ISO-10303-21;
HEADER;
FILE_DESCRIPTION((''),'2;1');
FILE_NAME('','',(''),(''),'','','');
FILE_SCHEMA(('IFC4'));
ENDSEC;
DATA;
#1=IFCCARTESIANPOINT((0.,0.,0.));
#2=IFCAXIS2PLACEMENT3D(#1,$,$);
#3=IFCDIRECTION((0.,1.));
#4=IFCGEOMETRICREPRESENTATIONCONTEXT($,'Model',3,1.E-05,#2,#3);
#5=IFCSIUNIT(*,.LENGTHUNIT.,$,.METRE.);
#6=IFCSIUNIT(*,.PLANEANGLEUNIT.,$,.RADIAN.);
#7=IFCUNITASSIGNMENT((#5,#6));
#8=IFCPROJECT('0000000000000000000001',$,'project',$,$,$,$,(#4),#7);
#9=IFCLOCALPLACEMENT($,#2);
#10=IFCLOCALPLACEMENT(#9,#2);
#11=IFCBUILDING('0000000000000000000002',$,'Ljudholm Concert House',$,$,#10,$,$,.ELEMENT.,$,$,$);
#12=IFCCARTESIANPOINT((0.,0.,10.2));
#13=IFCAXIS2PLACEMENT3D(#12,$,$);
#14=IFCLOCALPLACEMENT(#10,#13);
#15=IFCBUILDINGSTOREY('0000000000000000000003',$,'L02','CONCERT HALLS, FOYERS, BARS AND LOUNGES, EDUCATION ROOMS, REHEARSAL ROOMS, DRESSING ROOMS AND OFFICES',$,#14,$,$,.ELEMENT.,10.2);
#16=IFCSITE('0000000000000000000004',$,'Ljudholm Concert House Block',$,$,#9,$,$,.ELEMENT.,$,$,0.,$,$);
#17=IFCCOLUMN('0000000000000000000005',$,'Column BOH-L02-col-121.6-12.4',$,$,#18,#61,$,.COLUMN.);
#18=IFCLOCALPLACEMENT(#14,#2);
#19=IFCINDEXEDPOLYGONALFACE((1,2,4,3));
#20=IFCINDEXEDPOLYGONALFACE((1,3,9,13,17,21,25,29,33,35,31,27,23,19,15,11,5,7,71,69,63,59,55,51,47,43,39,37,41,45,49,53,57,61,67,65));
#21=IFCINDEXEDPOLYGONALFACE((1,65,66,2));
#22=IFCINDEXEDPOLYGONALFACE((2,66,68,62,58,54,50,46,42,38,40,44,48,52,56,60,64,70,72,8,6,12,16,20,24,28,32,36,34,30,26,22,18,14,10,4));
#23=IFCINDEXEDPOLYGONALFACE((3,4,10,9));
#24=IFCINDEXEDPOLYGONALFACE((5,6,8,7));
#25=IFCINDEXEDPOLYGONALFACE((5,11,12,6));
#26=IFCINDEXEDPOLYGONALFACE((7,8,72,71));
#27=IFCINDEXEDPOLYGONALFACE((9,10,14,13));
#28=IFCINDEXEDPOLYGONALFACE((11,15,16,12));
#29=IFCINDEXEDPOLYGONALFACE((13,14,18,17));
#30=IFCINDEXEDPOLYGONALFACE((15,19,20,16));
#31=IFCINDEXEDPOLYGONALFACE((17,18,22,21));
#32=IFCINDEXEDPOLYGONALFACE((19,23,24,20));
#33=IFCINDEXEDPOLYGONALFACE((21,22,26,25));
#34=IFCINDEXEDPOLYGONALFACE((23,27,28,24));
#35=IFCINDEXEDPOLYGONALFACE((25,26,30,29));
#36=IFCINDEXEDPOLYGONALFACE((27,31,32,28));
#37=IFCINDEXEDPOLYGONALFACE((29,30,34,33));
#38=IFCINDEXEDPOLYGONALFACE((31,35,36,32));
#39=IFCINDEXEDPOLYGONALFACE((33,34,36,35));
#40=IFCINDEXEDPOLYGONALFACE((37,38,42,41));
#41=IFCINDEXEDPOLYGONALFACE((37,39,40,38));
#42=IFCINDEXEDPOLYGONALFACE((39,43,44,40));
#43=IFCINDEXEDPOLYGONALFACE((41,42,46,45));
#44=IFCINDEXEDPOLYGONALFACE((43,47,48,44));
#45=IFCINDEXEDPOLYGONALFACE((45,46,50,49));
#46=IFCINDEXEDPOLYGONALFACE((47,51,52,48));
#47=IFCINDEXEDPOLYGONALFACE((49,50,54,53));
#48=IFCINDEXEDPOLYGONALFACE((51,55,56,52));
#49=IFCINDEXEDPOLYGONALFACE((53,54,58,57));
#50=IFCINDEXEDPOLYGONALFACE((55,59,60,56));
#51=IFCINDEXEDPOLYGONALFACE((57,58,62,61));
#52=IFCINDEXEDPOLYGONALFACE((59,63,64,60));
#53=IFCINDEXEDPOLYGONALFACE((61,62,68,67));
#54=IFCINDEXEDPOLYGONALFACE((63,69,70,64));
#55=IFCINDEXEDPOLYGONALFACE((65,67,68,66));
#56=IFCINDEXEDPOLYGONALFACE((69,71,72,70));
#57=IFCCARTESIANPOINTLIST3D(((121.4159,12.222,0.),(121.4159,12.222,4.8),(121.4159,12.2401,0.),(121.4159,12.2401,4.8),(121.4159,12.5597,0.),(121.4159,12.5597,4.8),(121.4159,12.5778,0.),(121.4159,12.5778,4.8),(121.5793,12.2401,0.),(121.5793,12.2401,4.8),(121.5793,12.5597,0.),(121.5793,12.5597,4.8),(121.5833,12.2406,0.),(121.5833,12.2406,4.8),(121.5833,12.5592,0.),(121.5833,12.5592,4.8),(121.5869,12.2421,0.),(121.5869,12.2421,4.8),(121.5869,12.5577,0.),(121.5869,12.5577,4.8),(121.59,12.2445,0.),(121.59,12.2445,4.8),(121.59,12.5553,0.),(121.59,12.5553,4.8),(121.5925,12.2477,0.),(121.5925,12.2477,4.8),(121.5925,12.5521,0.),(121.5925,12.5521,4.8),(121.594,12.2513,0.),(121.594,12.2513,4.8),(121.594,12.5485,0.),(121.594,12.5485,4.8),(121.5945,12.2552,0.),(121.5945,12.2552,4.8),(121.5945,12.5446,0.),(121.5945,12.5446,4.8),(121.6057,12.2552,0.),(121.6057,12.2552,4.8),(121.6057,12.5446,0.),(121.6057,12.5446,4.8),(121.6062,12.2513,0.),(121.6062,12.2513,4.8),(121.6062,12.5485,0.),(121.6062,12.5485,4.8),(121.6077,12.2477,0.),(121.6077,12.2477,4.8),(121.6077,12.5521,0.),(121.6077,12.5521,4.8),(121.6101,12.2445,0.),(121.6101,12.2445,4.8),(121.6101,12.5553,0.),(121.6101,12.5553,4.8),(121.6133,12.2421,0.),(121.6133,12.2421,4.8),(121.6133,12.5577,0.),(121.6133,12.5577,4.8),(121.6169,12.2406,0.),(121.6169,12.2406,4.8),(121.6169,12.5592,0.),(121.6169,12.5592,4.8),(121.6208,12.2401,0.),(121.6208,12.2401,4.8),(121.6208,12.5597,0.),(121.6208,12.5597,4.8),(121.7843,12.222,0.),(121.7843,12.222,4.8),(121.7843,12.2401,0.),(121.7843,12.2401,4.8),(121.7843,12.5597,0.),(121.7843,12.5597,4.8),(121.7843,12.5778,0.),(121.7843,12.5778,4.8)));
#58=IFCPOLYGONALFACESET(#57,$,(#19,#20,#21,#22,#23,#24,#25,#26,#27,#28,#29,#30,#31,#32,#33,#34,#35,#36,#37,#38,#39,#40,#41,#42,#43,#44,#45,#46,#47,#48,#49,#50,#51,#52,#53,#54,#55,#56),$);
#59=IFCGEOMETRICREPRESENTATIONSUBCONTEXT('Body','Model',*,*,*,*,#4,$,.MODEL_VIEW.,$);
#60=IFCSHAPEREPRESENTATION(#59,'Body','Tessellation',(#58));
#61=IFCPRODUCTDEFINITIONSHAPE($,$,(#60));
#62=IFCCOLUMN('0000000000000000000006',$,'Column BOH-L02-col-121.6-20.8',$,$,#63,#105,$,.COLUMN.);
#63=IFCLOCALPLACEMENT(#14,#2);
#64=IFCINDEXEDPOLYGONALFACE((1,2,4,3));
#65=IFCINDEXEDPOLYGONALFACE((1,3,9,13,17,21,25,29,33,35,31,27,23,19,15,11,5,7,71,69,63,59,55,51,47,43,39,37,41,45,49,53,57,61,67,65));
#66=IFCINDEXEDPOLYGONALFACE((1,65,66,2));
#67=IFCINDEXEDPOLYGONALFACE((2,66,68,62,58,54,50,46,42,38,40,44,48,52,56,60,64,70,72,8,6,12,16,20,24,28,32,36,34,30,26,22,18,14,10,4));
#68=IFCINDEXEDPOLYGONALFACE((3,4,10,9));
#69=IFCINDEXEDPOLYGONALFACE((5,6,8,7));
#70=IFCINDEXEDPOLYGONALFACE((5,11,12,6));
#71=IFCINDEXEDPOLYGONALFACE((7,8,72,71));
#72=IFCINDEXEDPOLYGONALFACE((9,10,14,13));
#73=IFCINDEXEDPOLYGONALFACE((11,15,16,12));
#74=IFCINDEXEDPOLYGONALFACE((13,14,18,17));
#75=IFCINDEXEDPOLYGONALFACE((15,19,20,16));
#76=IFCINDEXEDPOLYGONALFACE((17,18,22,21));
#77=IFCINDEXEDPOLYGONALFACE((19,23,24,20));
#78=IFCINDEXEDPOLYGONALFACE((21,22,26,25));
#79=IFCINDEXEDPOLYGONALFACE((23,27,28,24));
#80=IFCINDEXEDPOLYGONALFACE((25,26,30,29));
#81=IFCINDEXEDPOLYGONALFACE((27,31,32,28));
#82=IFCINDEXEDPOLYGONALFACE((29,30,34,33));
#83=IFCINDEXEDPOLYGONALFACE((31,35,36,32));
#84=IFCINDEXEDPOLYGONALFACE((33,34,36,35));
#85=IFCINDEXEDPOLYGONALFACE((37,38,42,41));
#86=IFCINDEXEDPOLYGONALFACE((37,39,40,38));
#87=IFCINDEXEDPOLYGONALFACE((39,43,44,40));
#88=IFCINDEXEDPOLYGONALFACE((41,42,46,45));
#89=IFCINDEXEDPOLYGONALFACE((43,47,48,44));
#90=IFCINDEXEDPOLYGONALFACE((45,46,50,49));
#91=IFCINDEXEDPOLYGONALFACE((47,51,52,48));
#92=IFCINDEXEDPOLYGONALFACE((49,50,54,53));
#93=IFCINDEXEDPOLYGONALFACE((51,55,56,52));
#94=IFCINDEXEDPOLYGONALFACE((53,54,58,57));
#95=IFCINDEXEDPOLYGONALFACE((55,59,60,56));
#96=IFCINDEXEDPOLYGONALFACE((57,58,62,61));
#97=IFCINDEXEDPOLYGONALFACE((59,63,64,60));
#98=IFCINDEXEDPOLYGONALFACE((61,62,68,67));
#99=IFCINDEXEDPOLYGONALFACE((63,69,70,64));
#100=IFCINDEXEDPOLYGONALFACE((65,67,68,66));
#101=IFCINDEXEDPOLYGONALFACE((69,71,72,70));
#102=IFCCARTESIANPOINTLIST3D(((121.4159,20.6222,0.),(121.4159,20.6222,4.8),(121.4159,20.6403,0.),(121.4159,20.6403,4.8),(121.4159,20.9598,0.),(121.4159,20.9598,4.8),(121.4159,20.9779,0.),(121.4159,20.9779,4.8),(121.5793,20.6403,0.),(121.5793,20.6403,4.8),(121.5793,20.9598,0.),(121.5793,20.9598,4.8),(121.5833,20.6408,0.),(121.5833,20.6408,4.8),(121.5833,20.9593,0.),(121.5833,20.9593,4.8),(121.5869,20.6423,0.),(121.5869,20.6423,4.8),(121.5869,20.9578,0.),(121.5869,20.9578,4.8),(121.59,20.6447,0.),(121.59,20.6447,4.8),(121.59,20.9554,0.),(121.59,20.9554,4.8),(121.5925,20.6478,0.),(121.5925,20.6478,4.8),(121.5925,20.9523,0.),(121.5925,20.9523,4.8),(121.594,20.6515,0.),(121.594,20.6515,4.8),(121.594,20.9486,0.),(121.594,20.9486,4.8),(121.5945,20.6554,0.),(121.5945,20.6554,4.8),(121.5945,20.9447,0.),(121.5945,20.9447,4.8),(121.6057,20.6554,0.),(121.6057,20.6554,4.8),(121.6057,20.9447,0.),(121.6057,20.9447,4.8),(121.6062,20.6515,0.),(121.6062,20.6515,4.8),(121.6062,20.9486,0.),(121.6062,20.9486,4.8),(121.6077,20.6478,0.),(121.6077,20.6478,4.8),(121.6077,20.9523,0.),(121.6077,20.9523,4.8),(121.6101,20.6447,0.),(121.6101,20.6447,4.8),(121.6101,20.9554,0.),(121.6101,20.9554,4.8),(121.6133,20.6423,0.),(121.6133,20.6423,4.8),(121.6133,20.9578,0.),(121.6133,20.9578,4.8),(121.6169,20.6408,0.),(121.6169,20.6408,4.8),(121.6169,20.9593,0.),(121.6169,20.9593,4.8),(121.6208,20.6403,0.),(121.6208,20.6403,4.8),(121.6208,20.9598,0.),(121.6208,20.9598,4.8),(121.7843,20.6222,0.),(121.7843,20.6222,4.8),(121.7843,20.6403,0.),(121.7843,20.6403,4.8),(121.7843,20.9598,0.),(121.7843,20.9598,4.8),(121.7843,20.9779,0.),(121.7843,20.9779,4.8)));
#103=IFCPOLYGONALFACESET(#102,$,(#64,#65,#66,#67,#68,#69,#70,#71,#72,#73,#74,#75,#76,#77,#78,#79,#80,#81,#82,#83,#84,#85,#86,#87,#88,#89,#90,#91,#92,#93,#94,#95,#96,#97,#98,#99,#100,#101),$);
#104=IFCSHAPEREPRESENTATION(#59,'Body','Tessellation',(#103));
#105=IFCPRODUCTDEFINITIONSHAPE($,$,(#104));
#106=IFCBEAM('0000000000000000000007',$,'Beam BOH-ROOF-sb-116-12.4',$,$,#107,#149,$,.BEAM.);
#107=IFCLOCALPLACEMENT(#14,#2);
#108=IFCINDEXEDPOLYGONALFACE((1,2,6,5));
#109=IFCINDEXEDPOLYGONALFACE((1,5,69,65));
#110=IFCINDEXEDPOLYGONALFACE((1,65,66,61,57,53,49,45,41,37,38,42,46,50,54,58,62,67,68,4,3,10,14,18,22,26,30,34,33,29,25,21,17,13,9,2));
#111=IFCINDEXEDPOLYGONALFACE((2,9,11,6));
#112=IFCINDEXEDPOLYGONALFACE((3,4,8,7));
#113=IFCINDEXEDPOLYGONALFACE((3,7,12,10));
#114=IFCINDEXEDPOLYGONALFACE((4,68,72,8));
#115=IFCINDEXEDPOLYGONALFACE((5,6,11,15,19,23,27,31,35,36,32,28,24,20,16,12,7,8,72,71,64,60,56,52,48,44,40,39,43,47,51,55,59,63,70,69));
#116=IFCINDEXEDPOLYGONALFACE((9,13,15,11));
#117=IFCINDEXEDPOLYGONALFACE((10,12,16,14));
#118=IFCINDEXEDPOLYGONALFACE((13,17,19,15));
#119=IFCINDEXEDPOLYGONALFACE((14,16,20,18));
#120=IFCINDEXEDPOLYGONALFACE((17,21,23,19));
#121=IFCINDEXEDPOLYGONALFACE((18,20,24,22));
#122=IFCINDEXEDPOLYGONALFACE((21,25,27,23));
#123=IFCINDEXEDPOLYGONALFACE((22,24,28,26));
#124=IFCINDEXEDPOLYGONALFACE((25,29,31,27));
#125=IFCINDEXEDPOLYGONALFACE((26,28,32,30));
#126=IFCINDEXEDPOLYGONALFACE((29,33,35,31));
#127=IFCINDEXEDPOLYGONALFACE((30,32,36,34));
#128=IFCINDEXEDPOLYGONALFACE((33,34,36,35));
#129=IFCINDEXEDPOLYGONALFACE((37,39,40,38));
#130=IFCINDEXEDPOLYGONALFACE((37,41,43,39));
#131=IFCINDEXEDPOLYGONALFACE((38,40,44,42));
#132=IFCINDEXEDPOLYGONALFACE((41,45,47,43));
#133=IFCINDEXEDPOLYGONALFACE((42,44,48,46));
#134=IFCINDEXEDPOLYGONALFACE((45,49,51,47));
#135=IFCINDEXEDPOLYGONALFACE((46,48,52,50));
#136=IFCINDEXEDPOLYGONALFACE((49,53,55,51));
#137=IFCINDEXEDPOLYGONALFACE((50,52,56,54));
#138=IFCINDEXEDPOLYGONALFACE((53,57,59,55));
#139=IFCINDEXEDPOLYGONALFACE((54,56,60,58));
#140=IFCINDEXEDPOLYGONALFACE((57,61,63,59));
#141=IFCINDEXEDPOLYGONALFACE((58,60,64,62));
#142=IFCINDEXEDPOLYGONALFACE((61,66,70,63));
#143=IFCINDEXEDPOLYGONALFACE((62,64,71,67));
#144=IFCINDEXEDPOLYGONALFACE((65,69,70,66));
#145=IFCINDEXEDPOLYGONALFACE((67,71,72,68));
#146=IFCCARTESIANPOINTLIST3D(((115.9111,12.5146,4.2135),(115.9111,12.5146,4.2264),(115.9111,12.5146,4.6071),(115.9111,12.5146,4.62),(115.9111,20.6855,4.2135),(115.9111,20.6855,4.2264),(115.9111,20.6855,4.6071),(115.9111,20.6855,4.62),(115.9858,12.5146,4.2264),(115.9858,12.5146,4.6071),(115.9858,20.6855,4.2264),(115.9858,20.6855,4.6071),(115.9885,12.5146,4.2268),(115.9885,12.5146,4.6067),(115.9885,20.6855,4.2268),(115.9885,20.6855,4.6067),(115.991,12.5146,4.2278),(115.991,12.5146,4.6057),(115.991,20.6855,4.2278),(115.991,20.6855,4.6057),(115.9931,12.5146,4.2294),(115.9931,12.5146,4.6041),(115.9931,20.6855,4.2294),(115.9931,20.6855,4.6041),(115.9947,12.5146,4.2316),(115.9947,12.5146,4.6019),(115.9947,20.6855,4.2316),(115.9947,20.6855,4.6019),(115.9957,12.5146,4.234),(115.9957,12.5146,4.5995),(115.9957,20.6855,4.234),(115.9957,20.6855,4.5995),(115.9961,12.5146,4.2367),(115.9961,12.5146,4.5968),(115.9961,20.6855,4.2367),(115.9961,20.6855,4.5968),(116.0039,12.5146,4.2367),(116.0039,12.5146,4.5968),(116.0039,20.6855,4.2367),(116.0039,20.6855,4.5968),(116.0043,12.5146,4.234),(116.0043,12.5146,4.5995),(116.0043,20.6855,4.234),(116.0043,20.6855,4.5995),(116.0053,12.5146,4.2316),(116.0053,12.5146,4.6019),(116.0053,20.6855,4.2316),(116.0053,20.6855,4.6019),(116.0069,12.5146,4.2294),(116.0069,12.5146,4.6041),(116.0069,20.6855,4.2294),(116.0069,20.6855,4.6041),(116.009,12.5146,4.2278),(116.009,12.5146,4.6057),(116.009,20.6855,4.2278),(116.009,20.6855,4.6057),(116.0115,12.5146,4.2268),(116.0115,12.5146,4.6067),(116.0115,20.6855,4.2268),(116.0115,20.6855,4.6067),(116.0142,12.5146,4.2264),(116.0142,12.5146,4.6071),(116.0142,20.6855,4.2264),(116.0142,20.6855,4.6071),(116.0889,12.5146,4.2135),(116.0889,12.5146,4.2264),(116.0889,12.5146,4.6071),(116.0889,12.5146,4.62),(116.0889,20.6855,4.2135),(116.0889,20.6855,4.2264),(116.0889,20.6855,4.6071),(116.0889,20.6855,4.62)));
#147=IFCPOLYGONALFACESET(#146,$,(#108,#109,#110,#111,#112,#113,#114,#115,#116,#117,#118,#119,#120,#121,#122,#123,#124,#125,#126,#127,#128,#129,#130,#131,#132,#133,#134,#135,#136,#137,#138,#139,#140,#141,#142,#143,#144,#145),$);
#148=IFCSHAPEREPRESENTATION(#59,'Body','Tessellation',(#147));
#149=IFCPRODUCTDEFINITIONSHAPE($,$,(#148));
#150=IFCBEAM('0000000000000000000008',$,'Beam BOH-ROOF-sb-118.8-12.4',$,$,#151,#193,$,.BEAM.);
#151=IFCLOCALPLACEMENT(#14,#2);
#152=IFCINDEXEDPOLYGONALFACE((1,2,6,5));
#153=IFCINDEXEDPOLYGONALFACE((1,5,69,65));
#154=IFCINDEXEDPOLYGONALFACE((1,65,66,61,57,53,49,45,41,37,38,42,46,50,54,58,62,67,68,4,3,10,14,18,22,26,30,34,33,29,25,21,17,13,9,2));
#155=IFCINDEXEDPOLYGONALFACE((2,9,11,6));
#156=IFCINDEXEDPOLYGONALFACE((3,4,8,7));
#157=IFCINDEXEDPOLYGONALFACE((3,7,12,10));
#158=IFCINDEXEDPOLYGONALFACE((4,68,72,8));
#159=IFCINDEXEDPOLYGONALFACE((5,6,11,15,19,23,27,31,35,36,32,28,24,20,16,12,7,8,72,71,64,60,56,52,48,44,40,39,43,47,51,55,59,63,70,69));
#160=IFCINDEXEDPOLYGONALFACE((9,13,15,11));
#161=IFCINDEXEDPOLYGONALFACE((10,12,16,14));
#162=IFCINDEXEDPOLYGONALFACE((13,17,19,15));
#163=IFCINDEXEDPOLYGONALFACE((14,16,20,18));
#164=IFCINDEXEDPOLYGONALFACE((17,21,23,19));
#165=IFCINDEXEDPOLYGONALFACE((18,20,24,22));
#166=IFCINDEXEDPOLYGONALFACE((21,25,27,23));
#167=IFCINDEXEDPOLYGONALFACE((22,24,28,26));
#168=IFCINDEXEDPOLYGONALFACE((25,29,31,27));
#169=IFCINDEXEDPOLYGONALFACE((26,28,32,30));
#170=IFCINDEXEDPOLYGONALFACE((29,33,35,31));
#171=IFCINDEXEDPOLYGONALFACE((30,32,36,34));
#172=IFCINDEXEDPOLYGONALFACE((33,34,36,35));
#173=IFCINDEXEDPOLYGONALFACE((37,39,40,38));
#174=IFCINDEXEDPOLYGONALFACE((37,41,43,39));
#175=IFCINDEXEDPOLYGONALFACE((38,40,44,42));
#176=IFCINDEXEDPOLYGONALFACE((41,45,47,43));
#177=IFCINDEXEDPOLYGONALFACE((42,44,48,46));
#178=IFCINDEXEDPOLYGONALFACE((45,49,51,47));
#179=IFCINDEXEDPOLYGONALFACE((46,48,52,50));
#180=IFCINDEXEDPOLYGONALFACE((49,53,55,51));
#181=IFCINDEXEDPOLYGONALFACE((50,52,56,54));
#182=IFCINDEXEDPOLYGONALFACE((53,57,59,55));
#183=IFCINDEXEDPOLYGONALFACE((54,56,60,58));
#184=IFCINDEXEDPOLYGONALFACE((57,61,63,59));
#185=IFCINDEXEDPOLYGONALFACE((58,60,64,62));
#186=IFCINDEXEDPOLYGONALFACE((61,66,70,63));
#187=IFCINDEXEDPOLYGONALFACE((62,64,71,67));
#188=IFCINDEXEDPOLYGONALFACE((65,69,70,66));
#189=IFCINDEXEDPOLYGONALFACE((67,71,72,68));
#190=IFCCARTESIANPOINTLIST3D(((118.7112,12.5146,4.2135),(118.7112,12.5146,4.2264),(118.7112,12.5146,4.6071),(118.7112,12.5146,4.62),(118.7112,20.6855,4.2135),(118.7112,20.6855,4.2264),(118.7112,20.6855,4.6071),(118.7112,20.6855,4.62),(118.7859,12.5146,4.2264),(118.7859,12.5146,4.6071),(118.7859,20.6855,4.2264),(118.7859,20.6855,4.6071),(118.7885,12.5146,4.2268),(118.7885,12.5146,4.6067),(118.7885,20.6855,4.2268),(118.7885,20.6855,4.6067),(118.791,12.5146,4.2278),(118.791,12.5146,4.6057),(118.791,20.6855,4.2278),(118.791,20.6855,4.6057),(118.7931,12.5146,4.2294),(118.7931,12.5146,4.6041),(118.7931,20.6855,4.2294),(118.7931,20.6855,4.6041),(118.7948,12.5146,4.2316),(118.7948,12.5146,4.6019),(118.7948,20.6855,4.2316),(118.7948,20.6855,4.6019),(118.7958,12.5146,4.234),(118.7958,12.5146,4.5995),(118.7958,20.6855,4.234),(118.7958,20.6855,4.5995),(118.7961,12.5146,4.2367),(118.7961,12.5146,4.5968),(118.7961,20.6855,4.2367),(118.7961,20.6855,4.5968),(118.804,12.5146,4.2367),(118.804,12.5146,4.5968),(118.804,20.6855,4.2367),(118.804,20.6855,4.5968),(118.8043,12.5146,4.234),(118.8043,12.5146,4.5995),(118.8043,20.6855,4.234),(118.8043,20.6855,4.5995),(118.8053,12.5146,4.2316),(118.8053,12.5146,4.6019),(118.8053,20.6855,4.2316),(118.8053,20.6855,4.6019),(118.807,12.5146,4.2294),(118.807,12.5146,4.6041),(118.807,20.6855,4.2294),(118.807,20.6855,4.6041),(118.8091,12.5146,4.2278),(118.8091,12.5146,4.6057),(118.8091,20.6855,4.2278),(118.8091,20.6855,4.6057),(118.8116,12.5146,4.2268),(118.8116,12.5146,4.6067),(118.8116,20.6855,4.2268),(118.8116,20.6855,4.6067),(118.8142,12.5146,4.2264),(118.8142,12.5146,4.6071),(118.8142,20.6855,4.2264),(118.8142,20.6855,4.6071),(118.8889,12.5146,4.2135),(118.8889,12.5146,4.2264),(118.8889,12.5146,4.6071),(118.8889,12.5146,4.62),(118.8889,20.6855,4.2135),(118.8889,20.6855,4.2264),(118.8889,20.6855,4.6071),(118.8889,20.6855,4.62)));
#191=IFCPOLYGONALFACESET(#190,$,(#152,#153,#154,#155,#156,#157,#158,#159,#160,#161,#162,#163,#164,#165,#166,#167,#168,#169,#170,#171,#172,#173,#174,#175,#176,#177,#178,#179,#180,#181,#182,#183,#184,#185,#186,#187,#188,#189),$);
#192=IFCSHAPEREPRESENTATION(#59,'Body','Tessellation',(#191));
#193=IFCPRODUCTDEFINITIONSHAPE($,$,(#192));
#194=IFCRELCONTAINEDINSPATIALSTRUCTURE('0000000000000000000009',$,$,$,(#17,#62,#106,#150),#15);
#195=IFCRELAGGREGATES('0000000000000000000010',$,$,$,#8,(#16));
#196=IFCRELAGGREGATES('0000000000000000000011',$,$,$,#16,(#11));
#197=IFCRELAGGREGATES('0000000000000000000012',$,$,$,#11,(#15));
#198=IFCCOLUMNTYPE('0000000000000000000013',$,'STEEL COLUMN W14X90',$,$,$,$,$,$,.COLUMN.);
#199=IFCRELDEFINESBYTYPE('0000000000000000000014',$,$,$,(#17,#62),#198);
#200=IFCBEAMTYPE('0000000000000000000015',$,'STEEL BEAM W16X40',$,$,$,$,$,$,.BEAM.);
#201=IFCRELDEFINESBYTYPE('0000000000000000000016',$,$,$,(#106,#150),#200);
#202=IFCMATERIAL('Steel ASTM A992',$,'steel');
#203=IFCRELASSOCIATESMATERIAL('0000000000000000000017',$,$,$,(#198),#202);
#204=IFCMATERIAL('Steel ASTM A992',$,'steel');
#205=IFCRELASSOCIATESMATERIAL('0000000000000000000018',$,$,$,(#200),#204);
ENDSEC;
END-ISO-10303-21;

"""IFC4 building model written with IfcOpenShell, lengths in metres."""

from ifc_helpers import new_model, si_unit, direction, frame, origin, origin_2d, place, context, subcontext, project, spatial, i_section, extrude, material, material_profile, profile_set, type_object, element, save


model = new_model("IFC4")

# Units and contexts
model_context = context("Model", 3, precision=1e-05, world=origin(), true_north=direction((0.0, 1.0)))
body_context = subcontext(model_context, "Body", "Model", "MODEL_VIEW")
ifc_project = project(units=[si_unit("LENGTHUNIT", "METRE"), si_unit("PLANEANGLEUNIT", "RADIAN")], contexts=[model_context])

# Site, building, storey
site_placement = place(None, origin())
site = spatial("IfcSite", under=ifc_project, at=site_placement, Name="Ljudholm Concert House Block", CompositionType="ELEMENT", RefElevation=0.0)
building_placement = place(site_placement, origin())
building = spatial("IfcBuilding", under=site, at=building_placement, Name="Ljudholm Concert House", CompositionType="ELEMENT")
storey_placement = place(building_placement, frame((0.0, 0.0, 10.2)))
storey = spatial("IfcBuildingStorey", under=building, at=storey_placement, Name="L02", Description="CONCERT HALLS, FOYERS, BARS AND LOUNGES, EDUCATION ROOMS, REHEARSAL ROOMS, DRESSING ROOMS AND OFFICES", CompositionType="ELEMENT", Elevation=10.2)

# Columns
ifc_material_1 = material(Name="Steel ASTM A992", Category="steel")
ifc_material_profile_1 = material_profile(ifc_material_1, i_section(OverallWidth=0.3684, OverallDepth=0.3557, WebThickness=0.0112, FlangeThickness=0.0181, FilletRadius=0.0151, at=origin_2d()), Name="W14X90")
ifc_profile_set_1 = profile_set([ifc_material_profile_1], Name="Steel ASTM A992")
column_type = type_object("IfcColumnType", Name="STEEL COLUMN W14X90", PredefinedType="COLUMN", material=ifc_profile_set_1)
for number, where, z_axis, x_axis, name in (
    (1, (121.6001, 12.3999, 0.0), (0.0, 0.0, 1.0), (1.0, 0.0, 0.0), "Column BOH-L02-col-121.6-12.4"),
    (2, (121.6001, 20.8, 0.0), (0.0, 0.0, 1.0), (1.0, 0.0, 0.0), "Column BOH-L02-col-121.6-20.8"),
):
    element("IfcColumn", number, at=place(storey_placement, frame(where, z_axis=z_axis, x_axis=x_axis)), inside=storey, type_object=column_type, Name=name, PredefinedType="COLUMN", context=body_context, shape_type="SweptSolid", body=[
        extrude(i_section(OverallWidth=0.3684, OverallDepth=0.3557, WebThickness=0.0112, FlangeThickness=0.0181, FilletRadius=0.0151, at=origin_2d()), origin(), (0.0, 0.0, 1.0), 4.8),
    ])

# Beams
ifc_material_2 = material(Name="Steel ASTM A992", Category="steel")
ifc_material_profile_2 = material_profile(ifc_material_2, i_section(OverallWidth=0.1777, OverallDepth=0.4065, WebThickness=0.0078, FlangeThickness=0.0129, FilletRadius=0.0103, at=origin_2d()), Name="W16X40")
ifc_profile_set_2 = profile_set([ifc_material_profile_2], Name="Steel ASTM A992")
beam_type_1 = type_object("IfcBeamType", Name="STEEL BEAM W16X40", PredefinedType="BEAM", material=ifc_profile_set_2)
for number, where, z_axis, x_axis, name in (
    (3, (116.0, 12.5146, 4.4167), (0.0, 1.0, 0.0), (-1.0, 0.0, 0.0), "Beam BOH-ROOF-sb-116-12.4"),
    (4, (118.8, 12.5146, 4.4167), (0.0, 1.0, 0.0), (-1.0, 0.0, 0.0), "Beam BOH-ROOF-sb-118.8-12.4"),
):
    element("IfcBeam", number, at=place(storey_placement, frame(where, z_axis=z_axis, x_axis=x_axis)), inside=storey, type_object=beam_type_1, Name=name, PredefinedType="BEAM", context=body_context, shape_type="SweptSolid", body=[
        extrude(i_section(OverallWidth=0.1777, OverallDepth=0.4065, WebThickness=0.0078, FlangeThickness=0.0129, FilletRadius=0.0103, at=origin_2d()), origin(), (0.0, 0.0, 1.0), 8.1709),
    ])

save(model, "model.ifc")
